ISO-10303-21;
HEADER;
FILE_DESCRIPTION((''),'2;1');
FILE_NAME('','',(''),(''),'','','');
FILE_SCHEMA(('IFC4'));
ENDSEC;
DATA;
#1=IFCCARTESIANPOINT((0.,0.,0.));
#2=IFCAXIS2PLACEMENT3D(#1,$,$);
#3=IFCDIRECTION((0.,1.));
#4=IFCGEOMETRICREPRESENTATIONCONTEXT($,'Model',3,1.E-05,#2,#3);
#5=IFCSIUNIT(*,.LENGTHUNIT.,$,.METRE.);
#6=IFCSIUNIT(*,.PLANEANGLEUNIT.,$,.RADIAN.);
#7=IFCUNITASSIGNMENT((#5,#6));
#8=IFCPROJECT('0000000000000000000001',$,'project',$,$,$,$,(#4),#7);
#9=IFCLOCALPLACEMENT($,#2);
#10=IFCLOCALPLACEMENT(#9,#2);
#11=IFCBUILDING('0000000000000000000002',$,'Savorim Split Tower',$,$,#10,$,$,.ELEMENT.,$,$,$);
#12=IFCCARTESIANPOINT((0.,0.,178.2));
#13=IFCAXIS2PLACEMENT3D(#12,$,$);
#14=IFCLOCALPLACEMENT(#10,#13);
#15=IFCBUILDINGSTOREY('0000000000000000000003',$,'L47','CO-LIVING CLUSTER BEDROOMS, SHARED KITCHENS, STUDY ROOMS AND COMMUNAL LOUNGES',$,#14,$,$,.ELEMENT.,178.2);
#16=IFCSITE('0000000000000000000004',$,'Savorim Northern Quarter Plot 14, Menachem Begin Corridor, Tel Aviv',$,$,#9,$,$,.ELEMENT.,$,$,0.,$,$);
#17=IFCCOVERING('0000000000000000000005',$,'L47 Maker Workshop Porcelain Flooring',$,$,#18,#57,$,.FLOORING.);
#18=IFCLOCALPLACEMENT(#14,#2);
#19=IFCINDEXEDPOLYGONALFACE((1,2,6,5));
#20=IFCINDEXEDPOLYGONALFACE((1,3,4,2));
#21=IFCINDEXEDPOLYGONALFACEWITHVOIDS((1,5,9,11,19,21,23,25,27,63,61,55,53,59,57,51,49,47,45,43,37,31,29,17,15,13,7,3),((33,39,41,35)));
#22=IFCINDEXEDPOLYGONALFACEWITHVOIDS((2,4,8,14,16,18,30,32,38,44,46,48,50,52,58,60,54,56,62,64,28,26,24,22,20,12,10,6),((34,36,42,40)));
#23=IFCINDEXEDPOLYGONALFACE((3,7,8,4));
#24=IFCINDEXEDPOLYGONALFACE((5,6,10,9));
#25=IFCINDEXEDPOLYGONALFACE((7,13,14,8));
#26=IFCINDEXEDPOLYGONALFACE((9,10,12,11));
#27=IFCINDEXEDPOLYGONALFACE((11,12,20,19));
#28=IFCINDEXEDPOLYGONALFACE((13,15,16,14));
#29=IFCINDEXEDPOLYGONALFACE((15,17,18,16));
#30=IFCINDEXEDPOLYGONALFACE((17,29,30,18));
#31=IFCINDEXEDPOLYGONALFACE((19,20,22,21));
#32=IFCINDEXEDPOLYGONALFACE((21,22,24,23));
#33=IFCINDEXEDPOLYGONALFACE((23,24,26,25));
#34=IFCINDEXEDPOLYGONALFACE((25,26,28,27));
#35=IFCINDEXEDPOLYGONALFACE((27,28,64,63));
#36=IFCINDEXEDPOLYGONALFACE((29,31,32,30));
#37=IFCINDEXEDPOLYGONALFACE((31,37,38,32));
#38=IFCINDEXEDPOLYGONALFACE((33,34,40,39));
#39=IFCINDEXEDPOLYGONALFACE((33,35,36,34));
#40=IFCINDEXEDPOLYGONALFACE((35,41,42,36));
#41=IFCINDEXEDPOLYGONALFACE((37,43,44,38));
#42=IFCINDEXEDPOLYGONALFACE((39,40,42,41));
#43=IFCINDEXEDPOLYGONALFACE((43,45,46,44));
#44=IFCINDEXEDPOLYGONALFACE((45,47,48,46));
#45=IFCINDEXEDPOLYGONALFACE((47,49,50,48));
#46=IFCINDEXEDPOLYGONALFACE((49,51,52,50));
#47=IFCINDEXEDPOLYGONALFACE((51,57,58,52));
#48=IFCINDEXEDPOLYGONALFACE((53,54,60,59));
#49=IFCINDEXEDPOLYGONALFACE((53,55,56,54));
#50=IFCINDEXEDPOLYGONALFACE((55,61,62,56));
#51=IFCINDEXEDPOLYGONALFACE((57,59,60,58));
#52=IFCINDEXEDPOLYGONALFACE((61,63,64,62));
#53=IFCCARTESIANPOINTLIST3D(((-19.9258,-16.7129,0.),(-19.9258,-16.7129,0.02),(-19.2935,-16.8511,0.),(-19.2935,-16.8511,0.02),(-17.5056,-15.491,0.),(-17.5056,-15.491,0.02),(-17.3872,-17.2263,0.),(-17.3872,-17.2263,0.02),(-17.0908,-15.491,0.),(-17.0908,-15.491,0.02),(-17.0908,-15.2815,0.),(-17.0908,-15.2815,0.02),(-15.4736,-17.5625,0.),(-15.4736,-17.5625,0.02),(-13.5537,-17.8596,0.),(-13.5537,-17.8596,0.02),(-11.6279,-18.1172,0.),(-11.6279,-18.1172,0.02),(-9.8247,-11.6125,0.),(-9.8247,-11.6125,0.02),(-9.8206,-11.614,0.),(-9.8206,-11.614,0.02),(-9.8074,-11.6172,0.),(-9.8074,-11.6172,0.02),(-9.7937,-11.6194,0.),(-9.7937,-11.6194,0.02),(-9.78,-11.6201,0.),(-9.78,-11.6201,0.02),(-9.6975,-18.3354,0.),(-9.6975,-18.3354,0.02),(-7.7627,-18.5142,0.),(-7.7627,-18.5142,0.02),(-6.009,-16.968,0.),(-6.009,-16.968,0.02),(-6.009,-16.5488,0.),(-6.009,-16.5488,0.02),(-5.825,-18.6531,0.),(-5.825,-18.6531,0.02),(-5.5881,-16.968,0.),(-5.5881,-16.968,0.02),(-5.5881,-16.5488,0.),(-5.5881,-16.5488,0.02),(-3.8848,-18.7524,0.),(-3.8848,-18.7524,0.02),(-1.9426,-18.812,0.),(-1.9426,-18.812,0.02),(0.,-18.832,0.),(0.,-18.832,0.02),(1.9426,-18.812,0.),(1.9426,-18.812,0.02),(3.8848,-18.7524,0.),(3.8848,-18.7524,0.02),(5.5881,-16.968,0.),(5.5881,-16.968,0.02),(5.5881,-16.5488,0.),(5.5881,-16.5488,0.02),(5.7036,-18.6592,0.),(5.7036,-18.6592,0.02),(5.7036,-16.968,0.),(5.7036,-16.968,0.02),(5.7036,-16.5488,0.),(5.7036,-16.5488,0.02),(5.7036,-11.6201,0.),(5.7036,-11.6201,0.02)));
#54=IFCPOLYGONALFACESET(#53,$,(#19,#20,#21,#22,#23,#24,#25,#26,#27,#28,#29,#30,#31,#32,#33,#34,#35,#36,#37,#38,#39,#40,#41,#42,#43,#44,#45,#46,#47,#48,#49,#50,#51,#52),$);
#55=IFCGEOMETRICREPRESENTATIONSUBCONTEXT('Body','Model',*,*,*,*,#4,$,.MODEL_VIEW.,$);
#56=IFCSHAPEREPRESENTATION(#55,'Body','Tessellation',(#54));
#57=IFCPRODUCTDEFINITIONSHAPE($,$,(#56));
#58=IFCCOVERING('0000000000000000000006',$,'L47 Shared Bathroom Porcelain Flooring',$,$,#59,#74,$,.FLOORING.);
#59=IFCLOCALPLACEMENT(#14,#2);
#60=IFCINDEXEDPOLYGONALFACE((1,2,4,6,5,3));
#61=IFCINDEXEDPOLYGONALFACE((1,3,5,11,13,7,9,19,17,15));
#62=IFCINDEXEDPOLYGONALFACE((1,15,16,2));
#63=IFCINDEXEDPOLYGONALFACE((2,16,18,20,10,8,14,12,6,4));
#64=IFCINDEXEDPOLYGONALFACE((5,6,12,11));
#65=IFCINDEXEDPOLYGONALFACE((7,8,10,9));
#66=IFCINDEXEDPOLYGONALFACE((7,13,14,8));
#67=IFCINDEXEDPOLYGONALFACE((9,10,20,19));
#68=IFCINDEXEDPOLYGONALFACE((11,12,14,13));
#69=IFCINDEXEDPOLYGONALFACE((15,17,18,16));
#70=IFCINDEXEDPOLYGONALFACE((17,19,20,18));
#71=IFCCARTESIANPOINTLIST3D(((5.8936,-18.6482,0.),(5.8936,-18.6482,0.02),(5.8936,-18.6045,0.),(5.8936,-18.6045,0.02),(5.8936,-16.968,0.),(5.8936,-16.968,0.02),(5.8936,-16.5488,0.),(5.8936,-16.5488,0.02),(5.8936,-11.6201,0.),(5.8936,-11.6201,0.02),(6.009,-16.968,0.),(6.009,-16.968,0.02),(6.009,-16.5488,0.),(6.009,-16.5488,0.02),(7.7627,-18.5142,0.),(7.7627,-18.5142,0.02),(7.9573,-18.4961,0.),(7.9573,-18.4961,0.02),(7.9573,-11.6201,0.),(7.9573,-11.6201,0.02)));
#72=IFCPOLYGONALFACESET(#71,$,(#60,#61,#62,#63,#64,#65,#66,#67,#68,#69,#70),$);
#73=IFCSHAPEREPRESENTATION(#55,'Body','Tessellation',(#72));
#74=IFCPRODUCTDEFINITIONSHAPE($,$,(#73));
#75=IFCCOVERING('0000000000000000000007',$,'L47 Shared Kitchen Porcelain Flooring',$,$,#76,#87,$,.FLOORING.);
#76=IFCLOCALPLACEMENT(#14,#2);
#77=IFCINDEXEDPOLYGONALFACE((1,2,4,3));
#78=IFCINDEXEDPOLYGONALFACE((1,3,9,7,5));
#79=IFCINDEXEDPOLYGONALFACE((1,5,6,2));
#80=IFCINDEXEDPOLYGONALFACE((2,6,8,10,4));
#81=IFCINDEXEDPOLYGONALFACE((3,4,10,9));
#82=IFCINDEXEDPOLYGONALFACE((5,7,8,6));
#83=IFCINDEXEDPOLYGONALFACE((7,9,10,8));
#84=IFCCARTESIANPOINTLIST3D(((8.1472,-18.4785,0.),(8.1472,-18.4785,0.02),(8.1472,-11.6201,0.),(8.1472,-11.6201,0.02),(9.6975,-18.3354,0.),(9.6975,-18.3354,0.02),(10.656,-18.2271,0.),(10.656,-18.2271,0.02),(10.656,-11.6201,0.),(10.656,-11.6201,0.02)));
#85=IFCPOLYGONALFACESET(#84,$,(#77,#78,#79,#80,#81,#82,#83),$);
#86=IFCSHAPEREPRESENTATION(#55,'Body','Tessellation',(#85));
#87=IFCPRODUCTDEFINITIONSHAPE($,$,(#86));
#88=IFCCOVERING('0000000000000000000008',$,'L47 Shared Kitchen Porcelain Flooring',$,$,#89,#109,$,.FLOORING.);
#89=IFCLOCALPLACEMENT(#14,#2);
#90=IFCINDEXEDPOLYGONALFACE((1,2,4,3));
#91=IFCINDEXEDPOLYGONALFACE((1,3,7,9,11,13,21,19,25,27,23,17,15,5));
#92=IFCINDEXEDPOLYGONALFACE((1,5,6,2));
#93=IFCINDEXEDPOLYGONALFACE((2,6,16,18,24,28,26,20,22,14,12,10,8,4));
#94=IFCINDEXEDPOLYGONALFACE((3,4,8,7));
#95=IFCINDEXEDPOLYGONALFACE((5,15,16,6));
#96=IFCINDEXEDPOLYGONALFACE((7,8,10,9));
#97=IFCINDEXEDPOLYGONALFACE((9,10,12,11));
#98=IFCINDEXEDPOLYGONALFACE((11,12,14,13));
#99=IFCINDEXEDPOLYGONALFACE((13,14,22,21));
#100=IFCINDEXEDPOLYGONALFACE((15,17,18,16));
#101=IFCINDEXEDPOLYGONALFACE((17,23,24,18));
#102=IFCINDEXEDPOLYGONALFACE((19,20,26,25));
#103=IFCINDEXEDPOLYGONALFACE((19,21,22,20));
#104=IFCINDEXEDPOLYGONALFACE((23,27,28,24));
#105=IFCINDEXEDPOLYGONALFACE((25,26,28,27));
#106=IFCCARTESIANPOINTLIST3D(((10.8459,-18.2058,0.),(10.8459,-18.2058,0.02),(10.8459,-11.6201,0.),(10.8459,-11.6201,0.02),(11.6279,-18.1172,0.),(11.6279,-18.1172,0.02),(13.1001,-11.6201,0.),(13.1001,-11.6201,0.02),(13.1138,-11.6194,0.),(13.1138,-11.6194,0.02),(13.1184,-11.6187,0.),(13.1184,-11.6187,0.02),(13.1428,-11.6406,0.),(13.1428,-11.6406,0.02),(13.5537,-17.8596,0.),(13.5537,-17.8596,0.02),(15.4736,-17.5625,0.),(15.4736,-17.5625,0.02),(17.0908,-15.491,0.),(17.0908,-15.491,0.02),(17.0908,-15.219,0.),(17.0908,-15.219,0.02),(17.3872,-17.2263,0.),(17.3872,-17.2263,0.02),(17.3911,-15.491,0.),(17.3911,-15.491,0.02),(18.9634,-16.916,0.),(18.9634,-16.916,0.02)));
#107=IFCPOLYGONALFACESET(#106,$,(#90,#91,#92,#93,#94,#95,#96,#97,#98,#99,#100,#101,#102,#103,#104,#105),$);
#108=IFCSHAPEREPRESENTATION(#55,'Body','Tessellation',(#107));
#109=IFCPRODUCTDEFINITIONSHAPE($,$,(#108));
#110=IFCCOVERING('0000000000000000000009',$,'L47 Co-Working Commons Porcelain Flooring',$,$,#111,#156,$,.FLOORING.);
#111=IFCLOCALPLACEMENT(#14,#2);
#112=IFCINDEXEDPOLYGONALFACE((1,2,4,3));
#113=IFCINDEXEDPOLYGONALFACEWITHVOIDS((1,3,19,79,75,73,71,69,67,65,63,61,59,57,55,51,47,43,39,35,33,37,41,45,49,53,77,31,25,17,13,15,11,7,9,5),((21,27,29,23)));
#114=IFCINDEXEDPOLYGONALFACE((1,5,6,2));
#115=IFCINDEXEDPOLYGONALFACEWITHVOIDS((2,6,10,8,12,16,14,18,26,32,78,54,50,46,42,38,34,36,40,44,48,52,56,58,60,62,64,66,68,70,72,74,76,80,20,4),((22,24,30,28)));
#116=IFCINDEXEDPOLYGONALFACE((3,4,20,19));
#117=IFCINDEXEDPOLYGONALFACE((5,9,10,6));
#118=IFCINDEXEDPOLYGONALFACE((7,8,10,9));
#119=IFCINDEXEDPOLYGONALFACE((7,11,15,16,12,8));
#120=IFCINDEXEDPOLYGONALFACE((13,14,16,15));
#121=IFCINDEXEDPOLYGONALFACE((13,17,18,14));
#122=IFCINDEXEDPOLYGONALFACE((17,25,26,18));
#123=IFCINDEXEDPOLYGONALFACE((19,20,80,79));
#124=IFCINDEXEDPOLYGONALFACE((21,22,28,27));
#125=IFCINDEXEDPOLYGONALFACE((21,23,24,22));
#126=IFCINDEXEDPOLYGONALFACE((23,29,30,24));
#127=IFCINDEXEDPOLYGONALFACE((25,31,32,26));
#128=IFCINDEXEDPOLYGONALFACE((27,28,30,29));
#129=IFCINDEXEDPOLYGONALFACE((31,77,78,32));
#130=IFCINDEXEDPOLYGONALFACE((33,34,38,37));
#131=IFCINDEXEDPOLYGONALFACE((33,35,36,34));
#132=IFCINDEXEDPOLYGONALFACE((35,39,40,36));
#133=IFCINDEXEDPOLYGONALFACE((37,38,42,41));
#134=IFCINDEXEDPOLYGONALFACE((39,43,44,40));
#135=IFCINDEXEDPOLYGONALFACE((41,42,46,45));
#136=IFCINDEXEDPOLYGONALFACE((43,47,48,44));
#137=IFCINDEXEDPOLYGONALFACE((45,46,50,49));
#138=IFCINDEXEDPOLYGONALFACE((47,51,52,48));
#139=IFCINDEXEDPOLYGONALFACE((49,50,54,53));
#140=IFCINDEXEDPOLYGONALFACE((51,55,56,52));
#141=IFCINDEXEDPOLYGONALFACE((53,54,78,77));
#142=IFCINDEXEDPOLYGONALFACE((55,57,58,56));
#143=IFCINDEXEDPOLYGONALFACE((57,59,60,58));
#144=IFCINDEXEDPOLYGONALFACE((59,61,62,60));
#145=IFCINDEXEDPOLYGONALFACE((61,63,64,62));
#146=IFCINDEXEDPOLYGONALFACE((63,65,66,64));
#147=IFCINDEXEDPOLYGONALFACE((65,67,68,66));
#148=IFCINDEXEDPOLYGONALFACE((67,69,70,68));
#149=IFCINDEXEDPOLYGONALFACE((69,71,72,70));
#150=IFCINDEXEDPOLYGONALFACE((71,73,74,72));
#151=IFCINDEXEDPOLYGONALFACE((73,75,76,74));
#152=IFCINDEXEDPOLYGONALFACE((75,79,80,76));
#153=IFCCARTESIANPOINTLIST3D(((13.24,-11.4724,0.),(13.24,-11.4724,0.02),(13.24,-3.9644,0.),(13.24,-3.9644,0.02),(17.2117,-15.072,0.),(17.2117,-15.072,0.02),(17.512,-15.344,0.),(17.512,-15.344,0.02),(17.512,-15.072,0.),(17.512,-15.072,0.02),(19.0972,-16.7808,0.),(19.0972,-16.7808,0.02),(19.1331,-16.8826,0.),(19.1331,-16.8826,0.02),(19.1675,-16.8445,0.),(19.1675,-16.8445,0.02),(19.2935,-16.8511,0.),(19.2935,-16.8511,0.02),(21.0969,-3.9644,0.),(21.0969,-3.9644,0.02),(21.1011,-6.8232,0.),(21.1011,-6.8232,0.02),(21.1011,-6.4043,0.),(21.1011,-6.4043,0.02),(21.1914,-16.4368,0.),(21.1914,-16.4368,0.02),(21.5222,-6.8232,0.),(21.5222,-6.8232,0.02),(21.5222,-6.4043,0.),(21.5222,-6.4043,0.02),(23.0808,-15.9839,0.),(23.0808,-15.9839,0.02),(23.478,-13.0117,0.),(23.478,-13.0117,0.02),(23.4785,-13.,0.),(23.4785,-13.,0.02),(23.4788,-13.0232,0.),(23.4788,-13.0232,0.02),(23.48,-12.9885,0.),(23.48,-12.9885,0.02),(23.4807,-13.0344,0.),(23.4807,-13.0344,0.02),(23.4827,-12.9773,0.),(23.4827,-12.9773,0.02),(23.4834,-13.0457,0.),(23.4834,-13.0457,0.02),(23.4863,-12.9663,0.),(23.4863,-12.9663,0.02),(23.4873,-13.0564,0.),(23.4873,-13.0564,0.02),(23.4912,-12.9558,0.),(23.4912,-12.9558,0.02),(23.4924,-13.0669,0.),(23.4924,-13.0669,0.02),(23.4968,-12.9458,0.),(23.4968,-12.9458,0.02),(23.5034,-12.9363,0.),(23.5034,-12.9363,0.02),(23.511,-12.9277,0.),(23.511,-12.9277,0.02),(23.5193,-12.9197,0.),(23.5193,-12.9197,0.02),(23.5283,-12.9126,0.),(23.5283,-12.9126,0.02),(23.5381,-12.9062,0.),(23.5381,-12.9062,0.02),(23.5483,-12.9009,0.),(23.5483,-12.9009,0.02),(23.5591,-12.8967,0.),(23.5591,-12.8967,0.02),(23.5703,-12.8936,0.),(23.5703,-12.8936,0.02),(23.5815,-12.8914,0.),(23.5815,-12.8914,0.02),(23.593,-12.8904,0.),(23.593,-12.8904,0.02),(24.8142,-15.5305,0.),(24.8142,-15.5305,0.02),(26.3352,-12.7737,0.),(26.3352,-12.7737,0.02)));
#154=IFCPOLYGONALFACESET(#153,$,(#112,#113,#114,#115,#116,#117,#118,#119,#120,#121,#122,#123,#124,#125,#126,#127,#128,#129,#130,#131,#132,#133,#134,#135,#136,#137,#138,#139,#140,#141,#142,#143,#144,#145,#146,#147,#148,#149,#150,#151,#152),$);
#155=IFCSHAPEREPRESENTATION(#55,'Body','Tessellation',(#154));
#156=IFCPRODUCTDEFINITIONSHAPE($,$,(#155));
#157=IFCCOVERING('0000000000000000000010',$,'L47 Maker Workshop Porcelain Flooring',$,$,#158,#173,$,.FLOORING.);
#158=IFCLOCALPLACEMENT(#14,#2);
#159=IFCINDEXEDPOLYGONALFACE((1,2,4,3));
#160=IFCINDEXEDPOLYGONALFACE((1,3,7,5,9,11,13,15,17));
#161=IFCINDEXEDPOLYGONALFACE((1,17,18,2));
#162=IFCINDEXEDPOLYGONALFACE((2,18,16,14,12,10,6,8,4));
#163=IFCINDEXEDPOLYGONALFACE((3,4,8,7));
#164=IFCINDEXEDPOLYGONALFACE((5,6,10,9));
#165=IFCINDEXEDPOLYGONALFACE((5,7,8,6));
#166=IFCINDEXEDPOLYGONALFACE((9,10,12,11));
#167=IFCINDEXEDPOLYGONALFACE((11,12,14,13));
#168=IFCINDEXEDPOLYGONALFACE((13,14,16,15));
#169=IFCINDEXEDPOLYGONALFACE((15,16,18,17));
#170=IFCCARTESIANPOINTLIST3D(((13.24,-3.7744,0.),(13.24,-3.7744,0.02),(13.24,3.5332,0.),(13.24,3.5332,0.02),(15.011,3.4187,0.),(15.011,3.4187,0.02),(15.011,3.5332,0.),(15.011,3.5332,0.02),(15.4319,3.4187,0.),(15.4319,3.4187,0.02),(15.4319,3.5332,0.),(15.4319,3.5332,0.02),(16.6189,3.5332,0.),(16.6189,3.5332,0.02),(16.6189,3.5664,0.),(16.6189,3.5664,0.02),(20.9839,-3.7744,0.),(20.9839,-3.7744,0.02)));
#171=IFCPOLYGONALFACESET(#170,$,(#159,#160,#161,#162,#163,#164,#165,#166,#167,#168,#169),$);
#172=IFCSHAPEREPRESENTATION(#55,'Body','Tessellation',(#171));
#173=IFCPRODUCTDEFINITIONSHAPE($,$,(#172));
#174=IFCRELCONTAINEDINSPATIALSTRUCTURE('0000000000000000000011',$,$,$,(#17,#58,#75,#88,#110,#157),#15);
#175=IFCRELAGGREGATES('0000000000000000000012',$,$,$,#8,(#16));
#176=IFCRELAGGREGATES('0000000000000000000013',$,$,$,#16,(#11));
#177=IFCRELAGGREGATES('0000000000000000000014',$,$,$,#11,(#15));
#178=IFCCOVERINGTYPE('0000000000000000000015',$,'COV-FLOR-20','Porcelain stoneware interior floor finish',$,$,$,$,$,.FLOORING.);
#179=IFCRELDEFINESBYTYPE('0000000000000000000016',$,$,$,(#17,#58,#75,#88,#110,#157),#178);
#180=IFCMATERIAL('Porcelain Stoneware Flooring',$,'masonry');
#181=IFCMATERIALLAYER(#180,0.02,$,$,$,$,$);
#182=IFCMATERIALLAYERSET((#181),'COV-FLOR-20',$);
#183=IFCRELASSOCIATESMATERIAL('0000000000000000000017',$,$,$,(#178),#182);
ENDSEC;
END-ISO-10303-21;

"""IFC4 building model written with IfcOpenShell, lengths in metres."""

from ifc_helpers import new_model, si_unit, direction, frame, origin, place, context, subcontext, project, spatial, polyline, outline, extrude, material, layer, layer_set, type_object, element, save


model = new_model("IFC4")

# Units and contexts
model_context = context("Model", 3, precision=1e-05, world=origin(), true_north=direction((0.0, 1.0)))
body_context = subcontext(model_context, "Body", "Model", "MODEL_VIEW")
ifc_project = project(units=[si_unit("LENGTHUNIT", "METRE"), si_unit("PLANEANGLEUNIT", "RADIAN")], contexts=[model_context])

# Site, building, storey
site_placement = place(None, origin())
site = spatial("IfcSite", under=ifc_project, at=site_placement, Name="Savorim Northern Quarter Plot 14, Menachem Begin Corridor, Tel Aviv", CompositionType="ELEMENT", RefElevation=0.0)
building_placement = place(site_placement, origin())
building = spatial("IfcBuilding", under=site, at=building_placement, Name="Savorim Split Tower", CompositionType="ELEMENT")
storey_placement = place(building_placement, frame((0.0, 0.0, 178.2)))
storey = spatial("IfcBuildingStorey", under=building, at=storey_placement, Name="L47", Description="CO-LIVING CLUSTER BEDROOMS, SHARED KITCHENS, STUDY ROOMS AND COMMUNAL LOUNGES", CompositionType="ELEMENT", Elevation=178.2)

# Coverings
ifc_material_1 = material(Name="Porcelain Stoneware Flooring", Category="masonry")
ifc_layer_1 = layer(ifc_material_1, 0.02)
ifc_layer_set_1 = layer_set([ifc_layer_1], Name="COV-FLOR-20")
covering_type_1 = type_object("IfcCoveringType", Name="COV-FLOR-20", Description="Porcelain stoneware interior floor finish", PredefinedType="FLOORING", material=ifc_layer_set_1)
covering_1_placement = place(storey_placement, origin())
element("IfcCovering", 1, at=covering_1_placement, inside=storey, type_object=covering_type_1, Name="L47 Maker Workshop Porcelain Flooring", PredefinedType="FLOORING", context=body_context, shape_type="SweptSolid", body=[
    extrude(outline(polyline([(-1.9426, -18.812), (0.0, -18.832), (1.9426, -18.812), (3.8848, -18.7524), (5.7036, -18.6592), (5.7036, -16.968), (5.5881, -16.968), (5.5881, -16.5488), (5.7036, -16.5488), (5.7036, -11.6201), (-9.78, -11.6201), (-9.7937, -11.6194), (-9.8074, -11.6172), (-9.8206, -11.614), (-9.8247, -11.6125), (-17.0908, -15.2815), (-17.0908, -15.491), (-17.5056, -15.491), (-19.9258, -16.7129), (-19.2935, -16.8511), (-17.3872, -17.2263), (-15.4736, -17.5625), (-13.5537, -17.8596), (-11.6279, -18.1172), (-9.6975, -18.3354), (-7.7627, -18.5142), (-5.825, -18.6531), (-3.8848, -18.7524), (-1.9426, -18.812)]), holes=[polyline([(-6.009, -16.968), (-5.5881, -16.968), (-5.5881, -16.5488), (-6.009, -16.5488), (-6.009, -16.968)])]), origin(), (0.0, 0.0, 1.0), 0.02),
])
covering_2_placement = place(storey_placement, origin())
element("IfcCovering", 2, at=covering_2_placement, inside=storey, type_object=covering_type_1, Name="L47 Shared Bathroom Porcelain Flooring", PredefinedType="FLOORING", context=body_context, shape_type="SweptSolid", body=[
    extrude(outline(polyline([(5.8936, -18.6045), (5.8936, -18.6482), (7.7627, -18.5142), (7.9573, -18.4961), (7.9573, -11.6201), (5.8936, -11.6201), (5.8936, -16.5488), (6.009, -16.5488), (6.009, -16.968), (5.8936, -16.968), (5.8936, -18.6045)])), origin(), (0.0, 0.0, 1.0), 0.02),
])
covering_3_placement = place(storey_placement, origin())
element("IfcCovering", 3, at=covering_3_placement, inside=storey, type_object=covering_type_1, Name="L47 Shared Kitchen Porcelain Flooring", PredefinedType="FLOORING", context=body_context, shape_type="SweptSolid", body=[
    extrude(outline(polyline([(8.1472, -11.6201), (8.1472, -18.4785), (9.6975, -18.3354), (10.656, -18.2271), (10.656, -11.6201), (8.1472, -11.6201)])), origin(), (0.0, 0.0, 1.0), 0.02),
])
covering_4_placement = place(storey_placement, origin())
element("IfcCovering", 4, at=covering_4_placement, inside=storey, type_object=covering_type_1, Name="L47 Shared Kitchen Porcelain Flooring", PredefinedType="FLOORING", context=body_context, shape_type="SweptSolid", body=[
    extrude(outline(polyline([(11.6279, -18.1172), (13.5537, -17.8596), (15.4736, -17.5625), (17.3872, -17.2263), (18.9634, -16.916), (17.3911, -15.491), (17.0908, -15.491), (17.0908, -15.219), (13.1428, -11.6406), (13.1184, -11.6187), (13.1138, -11.6194), (13.1001, -11.6201), (10.8459, -11.6201), (10.8459, -18.2058), (11.6279, -18.1172)])), origin(), (0.0, 0.0, 1.0), 0.02),
])
covering_5_placement = place(storey_placement, origin())
element("IfcCovering", 5, at=covering_5_placement, inside=storey, type_object=covering_type_1, Name="L47 Co-Working Commons Porcelain Flooring", PredefinedType="FLOORING", context=body_context, shape_type="SweptSolid", body=[
    extrude(outline(polyline([(23.5703, -12.8936), (23.5815, -12.8914), (23.593, -12.8904), (26.3352, -12.7737), (21.0969, -3.9644), (13.24, -3.9644), (13.24, -11.4724), (17.2117, -15.072), (17.512, -15.072), (17.512, -15.344), (19.0972, -16.7808), (19.1675, -16.8445), (19.1331, -16.8826), (19.2935, -16.8511), (21.1914, -16.4368), (23.0808, -15.9839), (24.8142, -15.5305), (23.4924, -13.0669), (23.4873, -13.0564), (23.4834, -13.0457), (23.4807, -13.0344), (23.4788, -13.0232), (23.478, -13.0117), (23.4785, -13.0), (23.48, -12.9885), (23.4827, -12.9773), (23.4863, -12.9663), (23.4912, -12.9558), (23.4968, -12.9458), (23.5034, -12.9363), (23.511, -12.9277), (23.5193, -12.9197), (23.5283, -12.9126), (23.5381, -12.9062), (23.5483, -12.9009), (23.5591, -12.8967), (23.5703, -12.8936)]), holes=[polyline([(21.5222, -6.8232), (21.5222, -6.4043), (21.1011, -6.4043), (21.1011, -6.8232), (21.5222, -6.8232)])]), origin(), (0.0, 0.0, 1.0), 0.02),
])
covering_6_placement = place(storey_placement, origin())
element("IfcCovering", 6, at=covering_6_placement, inside=storey, type_object=covering_type_1, Name="L47 Maker Workshop Porcelain Flooring", PredefinedType="FLOORING", context=body_context, shape_type="SweptSolid", body=[
    extrude(outline(polyline([(15.011, 3.4187), (15.011, 3.5332), (13.24, 3.5332), (13.24, -3.7744), (20.9839, -3.7744), (16.6189, 3.5664), (16.6189, 3.5332), (15.4319, 3.5332), (15.4319, 3.4187), (15.011, 3.4187)])), origin(), (0.0, 0.0, 1.0), 0.02),
])

save(model, "model.ifc")
